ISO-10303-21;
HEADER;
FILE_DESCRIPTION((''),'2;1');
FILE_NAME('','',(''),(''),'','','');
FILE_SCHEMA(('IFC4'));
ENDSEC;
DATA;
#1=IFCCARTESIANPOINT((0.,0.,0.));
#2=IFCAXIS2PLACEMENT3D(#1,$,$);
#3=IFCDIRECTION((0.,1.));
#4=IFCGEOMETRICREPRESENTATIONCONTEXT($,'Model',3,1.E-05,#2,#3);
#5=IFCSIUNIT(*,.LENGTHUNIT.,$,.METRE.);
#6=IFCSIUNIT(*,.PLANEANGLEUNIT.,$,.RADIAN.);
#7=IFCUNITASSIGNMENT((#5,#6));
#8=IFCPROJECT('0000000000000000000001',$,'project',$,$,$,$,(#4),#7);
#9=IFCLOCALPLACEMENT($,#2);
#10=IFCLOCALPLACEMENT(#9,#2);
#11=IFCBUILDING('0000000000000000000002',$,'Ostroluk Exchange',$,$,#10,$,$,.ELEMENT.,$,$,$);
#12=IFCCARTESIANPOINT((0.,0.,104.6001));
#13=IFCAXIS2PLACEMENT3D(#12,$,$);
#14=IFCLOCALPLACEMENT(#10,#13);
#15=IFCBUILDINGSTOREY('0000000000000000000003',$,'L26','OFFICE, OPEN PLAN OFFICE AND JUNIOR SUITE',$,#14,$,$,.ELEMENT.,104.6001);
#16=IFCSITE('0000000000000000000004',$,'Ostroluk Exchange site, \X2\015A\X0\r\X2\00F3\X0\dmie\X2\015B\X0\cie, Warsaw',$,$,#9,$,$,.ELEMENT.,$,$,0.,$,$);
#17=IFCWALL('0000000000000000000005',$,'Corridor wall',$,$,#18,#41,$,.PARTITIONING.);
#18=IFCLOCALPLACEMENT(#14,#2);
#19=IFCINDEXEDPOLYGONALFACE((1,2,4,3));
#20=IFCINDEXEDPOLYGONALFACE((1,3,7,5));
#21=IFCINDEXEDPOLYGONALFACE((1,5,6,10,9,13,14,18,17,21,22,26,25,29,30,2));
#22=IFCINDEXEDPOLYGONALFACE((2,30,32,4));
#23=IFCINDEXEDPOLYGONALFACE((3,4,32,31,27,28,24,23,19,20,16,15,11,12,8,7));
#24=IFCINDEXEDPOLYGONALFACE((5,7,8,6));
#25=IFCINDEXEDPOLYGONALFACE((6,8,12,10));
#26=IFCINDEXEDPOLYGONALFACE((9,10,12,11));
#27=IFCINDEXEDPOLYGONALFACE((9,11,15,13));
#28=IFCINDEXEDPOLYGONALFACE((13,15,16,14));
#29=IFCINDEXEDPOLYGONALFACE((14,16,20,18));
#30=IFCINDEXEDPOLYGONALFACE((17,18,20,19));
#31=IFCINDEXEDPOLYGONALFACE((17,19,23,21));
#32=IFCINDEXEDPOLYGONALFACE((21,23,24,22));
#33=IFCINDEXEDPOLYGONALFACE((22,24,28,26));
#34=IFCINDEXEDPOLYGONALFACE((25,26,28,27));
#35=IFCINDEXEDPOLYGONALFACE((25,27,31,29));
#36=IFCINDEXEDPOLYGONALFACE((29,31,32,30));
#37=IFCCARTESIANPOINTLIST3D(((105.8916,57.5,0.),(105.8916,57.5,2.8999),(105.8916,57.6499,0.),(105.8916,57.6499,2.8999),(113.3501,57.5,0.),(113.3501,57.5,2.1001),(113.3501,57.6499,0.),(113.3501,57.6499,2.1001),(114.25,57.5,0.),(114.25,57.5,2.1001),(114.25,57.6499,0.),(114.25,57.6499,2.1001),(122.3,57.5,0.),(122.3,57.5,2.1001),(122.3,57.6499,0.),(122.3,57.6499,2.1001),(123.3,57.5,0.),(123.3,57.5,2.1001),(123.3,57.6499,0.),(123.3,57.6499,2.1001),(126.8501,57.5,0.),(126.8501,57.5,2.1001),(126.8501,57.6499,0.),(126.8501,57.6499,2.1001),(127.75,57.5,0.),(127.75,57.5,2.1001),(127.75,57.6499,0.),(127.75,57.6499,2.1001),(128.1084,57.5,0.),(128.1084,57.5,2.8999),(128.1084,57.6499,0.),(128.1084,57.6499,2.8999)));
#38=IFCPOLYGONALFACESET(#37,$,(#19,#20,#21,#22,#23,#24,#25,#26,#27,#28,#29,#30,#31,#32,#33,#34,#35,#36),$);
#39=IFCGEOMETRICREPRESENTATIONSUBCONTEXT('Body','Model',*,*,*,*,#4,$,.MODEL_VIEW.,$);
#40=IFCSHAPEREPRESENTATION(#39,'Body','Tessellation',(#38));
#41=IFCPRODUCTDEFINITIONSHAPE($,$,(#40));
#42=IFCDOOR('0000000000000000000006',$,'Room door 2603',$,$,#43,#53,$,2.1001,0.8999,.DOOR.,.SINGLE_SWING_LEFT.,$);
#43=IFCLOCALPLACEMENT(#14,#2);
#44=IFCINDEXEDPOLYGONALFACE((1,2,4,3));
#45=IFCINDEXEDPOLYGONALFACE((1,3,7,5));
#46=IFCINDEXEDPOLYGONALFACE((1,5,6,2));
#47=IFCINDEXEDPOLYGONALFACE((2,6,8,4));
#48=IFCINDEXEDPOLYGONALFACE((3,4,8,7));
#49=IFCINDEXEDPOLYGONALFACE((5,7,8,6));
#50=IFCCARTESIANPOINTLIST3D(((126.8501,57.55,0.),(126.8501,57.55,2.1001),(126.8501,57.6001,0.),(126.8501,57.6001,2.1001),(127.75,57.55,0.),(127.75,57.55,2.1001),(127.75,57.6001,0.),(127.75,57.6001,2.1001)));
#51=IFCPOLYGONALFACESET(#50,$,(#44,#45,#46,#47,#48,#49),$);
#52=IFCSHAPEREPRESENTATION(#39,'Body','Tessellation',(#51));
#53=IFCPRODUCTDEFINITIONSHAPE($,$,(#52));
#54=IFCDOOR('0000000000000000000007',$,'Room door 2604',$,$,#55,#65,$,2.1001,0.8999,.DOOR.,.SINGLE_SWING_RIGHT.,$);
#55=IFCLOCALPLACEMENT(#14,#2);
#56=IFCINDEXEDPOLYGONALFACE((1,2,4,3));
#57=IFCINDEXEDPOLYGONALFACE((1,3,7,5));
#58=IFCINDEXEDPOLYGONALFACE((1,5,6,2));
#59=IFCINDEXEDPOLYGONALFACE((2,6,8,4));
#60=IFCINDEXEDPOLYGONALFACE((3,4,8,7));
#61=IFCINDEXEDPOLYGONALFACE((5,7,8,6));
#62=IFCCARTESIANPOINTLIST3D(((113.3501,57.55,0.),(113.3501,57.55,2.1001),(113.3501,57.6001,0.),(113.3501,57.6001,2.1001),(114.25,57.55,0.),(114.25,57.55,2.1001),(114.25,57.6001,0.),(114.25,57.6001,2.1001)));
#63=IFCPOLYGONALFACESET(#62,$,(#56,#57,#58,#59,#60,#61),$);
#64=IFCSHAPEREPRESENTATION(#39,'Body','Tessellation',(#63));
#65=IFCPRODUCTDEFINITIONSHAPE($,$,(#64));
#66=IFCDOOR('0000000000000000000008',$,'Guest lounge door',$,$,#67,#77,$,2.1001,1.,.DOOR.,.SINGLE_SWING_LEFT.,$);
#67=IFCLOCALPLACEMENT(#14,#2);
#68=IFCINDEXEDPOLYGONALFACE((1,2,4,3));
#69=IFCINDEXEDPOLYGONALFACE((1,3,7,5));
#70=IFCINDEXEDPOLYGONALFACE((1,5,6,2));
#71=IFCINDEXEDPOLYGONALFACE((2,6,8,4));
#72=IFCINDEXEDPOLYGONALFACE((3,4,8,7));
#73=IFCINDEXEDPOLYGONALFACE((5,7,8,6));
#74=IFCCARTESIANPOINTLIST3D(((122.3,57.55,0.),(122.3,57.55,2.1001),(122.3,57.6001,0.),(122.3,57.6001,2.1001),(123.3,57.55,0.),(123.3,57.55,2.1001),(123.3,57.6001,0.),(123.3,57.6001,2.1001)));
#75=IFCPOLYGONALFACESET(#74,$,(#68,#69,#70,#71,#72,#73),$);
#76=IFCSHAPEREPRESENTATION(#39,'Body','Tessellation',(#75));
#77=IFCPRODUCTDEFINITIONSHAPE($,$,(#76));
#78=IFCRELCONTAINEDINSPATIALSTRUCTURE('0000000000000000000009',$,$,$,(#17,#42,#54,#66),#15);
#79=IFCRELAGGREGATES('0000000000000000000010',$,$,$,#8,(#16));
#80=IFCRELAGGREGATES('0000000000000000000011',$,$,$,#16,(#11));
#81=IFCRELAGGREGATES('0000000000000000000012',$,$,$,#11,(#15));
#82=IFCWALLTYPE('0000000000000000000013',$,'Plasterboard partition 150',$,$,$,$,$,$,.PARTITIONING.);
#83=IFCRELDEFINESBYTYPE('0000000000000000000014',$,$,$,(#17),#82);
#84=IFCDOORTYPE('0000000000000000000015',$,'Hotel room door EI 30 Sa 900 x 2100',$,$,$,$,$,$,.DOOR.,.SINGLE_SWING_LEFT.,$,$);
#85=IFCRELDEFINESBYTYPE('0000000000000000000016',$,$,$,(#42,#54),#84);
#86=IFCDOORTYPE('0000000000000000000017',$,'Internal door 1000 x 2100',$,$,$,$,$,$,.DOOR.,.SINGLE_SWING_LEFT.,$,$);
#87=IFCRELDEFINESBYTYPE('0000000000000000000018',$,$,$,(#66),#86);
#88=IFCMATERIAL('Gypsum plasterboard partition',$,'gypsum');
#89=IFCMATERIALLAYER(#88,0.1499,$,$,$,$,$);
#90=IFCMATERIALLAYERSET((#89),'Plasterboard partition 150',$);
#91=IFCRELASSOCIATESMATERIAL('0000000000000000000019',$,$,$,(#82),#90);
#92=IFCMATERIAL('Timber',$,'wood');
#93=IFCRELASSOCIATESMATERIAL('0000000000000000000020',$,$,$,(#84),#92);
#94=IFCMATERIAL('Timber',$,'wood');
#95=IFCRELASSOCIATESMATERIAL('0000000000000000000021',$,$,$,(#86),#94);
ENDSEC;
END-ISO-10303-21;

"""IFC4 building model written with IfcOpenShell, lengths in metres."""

from ifc_helpers import new_model, si_unit, direction, frame, frame_2d, origin, place, context, subcontext, project, spatial, rectangle, extrude, material, layer, layer_set, type_object, element, fill, save


model = new_model("IFC4")

# Units and contexts
model_context = context("Model", 3, precision=1e-05, world=origin(), true_north=direction((0.0, 1.0)))
body_context = subcontext(model_context, "Body", "Model", "MODEL_VIEW")
ifc_project = project(units=[si_unit("LENGTHUNIT", "METRE"), si_unit("PLANEANGLEUNIT", "RADIAN")], contexts=[model_context])

# Site, building, storey
site_placement = place(None, origin())
site = spatial("IfcSite", under=ifc_project, at=site_placement, Name="Ostroluk Exchange site, Śródmieście, Warsaw", CompositionType="ELEMENT", RefElevation=0.0)
building_placement = place(site_placement, origin())
building = spatial("IfcBuilding", under=site, at=building_placement, Name="Ostroluk Exchange", CompositionType="ELEMENT")
storey_placement = place(building_placement, frame((0.0, 0.0, 104.6001)))
storey = spatial("IfcBuildingStorey", under=building, at=storey_placement, Name="L26", Description="OFFICE, OPEN PLAN OFFICE AND JUNIOR SUITE", CompositionType="ELEMENT", Elevation=104.6001)

# Wall, openings, doors
ifc_material_1 = material(Name="Gypsum plasterboard partition", Category="gypsum")
ifc_layer_1 = layer(ifc_material_1, 0.1499)
ifc_layer_set_1 = layer_set([ifc_layer_1], Name="Plasterboard partition 150")
wall_type_1 = type_object("IfcWallType", Name="Plasterboard partition 150", PredefinedType="PARTITIONING", material=ifc_layer_set_1)
wall_1_placement = place(storey_placement, frame((128.1084, 57.575, 0.0), z_axis=(0.0, 0.0, 1.0), x_axis=(-1.0, 0.0, 0.0)))
wall_1 = element("IfcWall", 1, at=wall_1_placement, inside=storey, type_object=wall_type_1, Name="Corridor wall", PredefinedType="PARTITIONING", context=body_context, shape_type="SweptSolid", body=[
    extrude(rectangle(XDim=22.2168, YDim=0.1499, at=frame_2d((11.1084, 0.0))), origin(), (0.0, 0.0, 1.0), 2.8999),
])
opening_1_placement = place(wall_1_placement, frame((0.3584, 0.0, 0.0)))
opening_1 = element("IfcOpeningElement", 2, at=opening_1_placement, cuts=wall_1, PredefinedType="OPENING", context=body_context, shape_type="SweptSolid", body=[
    extrude(rectangle(XDim=0.8999, YDim=2.1001, at=frame_2d((0.45, 1.05))), frame((0.0, 0.085, 0.0), z_axis=(0.0, -1.0, 0.0), x_axis=(1.0, 0.0, 0.0)), (0.0, 0.0, 1.0), 0.1699),
])
opening_2_placement = place(wall_1_placement, frame((4.8083, 0.0, 0.0)))
opening_2 = element("IfcOpeningElement", 3, at=opening_2_placement, cuts=wall_1, PredefinedType="OPENING", context=body_context, shape_type="SweptSolid", body=[
    extrude(rectangle(XDim=1.0, YDim=2.1001, at=frame_2d((0.5, 1.05))), frame((0.0, 0.085, 0.0), z_axis=(0.0, -1.0, 0.0), x_axis=(1.0, 0.0, 0.0)), (0.0, 0.0, 1.0), 0.1699),
])
opening_3_placement = place(wall_1_placement, frame((13.8584, 0.0, 0.0)))
opening_3 = element("IfcOpeningElement", 4, at=opening_3_placement, cuts=wall_1, PredefinedType="OPENING", context=body_context, shape_type="SweptSolid", body=[
    extrude(rectangle(XDim=0.8999, YDim=2.1001, at=frame_2d((0.45, 1.05))), frame((0.0, 0.085, 0.0), z_axis=(0.0, -1.0, 0.0), x_axis=(1.0, 0.0, 0.0)), (0.0, 0.0, 1.0), 0.1699),
])
ifc_material_2 = material(Name="Timber", Category="wood")
door_type_1 = type_object("IfcDoorType", Name="Hotel room door EI 30 Sa 900 x 2100", OperationType="SINGLE_SWING_LEFT", PredefinedType="DOOR", material=ifc_material_2)
door_1_placement = place(opening_1_placement, origin())
door_1 = element("IfcDoor", 5, at=door_1_placement, inside=storey, type_object=door_type_1, Name="Room door 2603", OperationType="SINGLE_SWING_LEFT", OverallHeight=2.1001, OverallWidth=0.8999, PredefinedType="DOOR", context=body_context, shape_type="SweptSolid", body=[
    extrude(rectangle(XDim=0.8999, YDim=2.1001, at=frame_2d((0.45, 1.05))), frame((0.0, 0.0249, 0.0), z_axis=(0.0, -1.0, 0.0), x_axis=(1.0, 0.0, 0.0)), (0.0, 0.0, 1.0), 0.05),
])
fill(opening_1, door_1)
door_2_placement = place(opening_3_placement, origin())
door_2 = element("IfcDoor", 6, at=door_2_placement, inside=storey, type_object=door_type_1, Name="Room door 2604", OperationType="SINGLE_SWING_RIGHT", OverallHeight=2.1001, OverallWidth=0.8999, PredefinedType="DOOR", context=body_context, shape_type="SweptSolid", body=[
    extrude(rectangle(XDim=0.8999, YDim=2.1001, at=frame_2d((0.45, 1.05))), frame((0.0, 0.0249, 0.0), z_axis=(0.0, -1.0, 0.0), x_axis=(1.0, 0.0, 0.0)), (0.0, 0.0, 1.0), 0.05),
])
fill(opening_3, door_2)
ifc_material_3 = material(Name="Timber", Category="wood")
door_type_2 = type_object("IfcDoorType", Name="Internal door 1000 x 2100", OperationType="SINGLE_SWING_LEFT", PredefinedType="DOOR", material=ifc_material_3)
door_3_placement = place(opening_2_placement, origin())
door_3 = element("IfcDoor", 7, at=door_3_placement, inside=storey, type_object=door_type_2, Name="Guest lounge door", OperationType="SINGLE_SWING_LEFT", OverallHeight=2.1001, OverallWidth=1.0, PredefinedType="DOOR", context=body_context, shape_type="SweptSolid", body=[
    extrude(rectangle(XDim=1.0, YDim=2.1001, at=frame_2d((0.5, 1.05))), frame((0.0, 0.0249, 0.0), z_axis=(0.0, -1.0, 0.0), x_axis=(1.0, 0.0, 0.0)), (0.0, 0.0, 1.0), 0.05),
])
fill(opening_2, door_3)

save(model, "model.ifc")
